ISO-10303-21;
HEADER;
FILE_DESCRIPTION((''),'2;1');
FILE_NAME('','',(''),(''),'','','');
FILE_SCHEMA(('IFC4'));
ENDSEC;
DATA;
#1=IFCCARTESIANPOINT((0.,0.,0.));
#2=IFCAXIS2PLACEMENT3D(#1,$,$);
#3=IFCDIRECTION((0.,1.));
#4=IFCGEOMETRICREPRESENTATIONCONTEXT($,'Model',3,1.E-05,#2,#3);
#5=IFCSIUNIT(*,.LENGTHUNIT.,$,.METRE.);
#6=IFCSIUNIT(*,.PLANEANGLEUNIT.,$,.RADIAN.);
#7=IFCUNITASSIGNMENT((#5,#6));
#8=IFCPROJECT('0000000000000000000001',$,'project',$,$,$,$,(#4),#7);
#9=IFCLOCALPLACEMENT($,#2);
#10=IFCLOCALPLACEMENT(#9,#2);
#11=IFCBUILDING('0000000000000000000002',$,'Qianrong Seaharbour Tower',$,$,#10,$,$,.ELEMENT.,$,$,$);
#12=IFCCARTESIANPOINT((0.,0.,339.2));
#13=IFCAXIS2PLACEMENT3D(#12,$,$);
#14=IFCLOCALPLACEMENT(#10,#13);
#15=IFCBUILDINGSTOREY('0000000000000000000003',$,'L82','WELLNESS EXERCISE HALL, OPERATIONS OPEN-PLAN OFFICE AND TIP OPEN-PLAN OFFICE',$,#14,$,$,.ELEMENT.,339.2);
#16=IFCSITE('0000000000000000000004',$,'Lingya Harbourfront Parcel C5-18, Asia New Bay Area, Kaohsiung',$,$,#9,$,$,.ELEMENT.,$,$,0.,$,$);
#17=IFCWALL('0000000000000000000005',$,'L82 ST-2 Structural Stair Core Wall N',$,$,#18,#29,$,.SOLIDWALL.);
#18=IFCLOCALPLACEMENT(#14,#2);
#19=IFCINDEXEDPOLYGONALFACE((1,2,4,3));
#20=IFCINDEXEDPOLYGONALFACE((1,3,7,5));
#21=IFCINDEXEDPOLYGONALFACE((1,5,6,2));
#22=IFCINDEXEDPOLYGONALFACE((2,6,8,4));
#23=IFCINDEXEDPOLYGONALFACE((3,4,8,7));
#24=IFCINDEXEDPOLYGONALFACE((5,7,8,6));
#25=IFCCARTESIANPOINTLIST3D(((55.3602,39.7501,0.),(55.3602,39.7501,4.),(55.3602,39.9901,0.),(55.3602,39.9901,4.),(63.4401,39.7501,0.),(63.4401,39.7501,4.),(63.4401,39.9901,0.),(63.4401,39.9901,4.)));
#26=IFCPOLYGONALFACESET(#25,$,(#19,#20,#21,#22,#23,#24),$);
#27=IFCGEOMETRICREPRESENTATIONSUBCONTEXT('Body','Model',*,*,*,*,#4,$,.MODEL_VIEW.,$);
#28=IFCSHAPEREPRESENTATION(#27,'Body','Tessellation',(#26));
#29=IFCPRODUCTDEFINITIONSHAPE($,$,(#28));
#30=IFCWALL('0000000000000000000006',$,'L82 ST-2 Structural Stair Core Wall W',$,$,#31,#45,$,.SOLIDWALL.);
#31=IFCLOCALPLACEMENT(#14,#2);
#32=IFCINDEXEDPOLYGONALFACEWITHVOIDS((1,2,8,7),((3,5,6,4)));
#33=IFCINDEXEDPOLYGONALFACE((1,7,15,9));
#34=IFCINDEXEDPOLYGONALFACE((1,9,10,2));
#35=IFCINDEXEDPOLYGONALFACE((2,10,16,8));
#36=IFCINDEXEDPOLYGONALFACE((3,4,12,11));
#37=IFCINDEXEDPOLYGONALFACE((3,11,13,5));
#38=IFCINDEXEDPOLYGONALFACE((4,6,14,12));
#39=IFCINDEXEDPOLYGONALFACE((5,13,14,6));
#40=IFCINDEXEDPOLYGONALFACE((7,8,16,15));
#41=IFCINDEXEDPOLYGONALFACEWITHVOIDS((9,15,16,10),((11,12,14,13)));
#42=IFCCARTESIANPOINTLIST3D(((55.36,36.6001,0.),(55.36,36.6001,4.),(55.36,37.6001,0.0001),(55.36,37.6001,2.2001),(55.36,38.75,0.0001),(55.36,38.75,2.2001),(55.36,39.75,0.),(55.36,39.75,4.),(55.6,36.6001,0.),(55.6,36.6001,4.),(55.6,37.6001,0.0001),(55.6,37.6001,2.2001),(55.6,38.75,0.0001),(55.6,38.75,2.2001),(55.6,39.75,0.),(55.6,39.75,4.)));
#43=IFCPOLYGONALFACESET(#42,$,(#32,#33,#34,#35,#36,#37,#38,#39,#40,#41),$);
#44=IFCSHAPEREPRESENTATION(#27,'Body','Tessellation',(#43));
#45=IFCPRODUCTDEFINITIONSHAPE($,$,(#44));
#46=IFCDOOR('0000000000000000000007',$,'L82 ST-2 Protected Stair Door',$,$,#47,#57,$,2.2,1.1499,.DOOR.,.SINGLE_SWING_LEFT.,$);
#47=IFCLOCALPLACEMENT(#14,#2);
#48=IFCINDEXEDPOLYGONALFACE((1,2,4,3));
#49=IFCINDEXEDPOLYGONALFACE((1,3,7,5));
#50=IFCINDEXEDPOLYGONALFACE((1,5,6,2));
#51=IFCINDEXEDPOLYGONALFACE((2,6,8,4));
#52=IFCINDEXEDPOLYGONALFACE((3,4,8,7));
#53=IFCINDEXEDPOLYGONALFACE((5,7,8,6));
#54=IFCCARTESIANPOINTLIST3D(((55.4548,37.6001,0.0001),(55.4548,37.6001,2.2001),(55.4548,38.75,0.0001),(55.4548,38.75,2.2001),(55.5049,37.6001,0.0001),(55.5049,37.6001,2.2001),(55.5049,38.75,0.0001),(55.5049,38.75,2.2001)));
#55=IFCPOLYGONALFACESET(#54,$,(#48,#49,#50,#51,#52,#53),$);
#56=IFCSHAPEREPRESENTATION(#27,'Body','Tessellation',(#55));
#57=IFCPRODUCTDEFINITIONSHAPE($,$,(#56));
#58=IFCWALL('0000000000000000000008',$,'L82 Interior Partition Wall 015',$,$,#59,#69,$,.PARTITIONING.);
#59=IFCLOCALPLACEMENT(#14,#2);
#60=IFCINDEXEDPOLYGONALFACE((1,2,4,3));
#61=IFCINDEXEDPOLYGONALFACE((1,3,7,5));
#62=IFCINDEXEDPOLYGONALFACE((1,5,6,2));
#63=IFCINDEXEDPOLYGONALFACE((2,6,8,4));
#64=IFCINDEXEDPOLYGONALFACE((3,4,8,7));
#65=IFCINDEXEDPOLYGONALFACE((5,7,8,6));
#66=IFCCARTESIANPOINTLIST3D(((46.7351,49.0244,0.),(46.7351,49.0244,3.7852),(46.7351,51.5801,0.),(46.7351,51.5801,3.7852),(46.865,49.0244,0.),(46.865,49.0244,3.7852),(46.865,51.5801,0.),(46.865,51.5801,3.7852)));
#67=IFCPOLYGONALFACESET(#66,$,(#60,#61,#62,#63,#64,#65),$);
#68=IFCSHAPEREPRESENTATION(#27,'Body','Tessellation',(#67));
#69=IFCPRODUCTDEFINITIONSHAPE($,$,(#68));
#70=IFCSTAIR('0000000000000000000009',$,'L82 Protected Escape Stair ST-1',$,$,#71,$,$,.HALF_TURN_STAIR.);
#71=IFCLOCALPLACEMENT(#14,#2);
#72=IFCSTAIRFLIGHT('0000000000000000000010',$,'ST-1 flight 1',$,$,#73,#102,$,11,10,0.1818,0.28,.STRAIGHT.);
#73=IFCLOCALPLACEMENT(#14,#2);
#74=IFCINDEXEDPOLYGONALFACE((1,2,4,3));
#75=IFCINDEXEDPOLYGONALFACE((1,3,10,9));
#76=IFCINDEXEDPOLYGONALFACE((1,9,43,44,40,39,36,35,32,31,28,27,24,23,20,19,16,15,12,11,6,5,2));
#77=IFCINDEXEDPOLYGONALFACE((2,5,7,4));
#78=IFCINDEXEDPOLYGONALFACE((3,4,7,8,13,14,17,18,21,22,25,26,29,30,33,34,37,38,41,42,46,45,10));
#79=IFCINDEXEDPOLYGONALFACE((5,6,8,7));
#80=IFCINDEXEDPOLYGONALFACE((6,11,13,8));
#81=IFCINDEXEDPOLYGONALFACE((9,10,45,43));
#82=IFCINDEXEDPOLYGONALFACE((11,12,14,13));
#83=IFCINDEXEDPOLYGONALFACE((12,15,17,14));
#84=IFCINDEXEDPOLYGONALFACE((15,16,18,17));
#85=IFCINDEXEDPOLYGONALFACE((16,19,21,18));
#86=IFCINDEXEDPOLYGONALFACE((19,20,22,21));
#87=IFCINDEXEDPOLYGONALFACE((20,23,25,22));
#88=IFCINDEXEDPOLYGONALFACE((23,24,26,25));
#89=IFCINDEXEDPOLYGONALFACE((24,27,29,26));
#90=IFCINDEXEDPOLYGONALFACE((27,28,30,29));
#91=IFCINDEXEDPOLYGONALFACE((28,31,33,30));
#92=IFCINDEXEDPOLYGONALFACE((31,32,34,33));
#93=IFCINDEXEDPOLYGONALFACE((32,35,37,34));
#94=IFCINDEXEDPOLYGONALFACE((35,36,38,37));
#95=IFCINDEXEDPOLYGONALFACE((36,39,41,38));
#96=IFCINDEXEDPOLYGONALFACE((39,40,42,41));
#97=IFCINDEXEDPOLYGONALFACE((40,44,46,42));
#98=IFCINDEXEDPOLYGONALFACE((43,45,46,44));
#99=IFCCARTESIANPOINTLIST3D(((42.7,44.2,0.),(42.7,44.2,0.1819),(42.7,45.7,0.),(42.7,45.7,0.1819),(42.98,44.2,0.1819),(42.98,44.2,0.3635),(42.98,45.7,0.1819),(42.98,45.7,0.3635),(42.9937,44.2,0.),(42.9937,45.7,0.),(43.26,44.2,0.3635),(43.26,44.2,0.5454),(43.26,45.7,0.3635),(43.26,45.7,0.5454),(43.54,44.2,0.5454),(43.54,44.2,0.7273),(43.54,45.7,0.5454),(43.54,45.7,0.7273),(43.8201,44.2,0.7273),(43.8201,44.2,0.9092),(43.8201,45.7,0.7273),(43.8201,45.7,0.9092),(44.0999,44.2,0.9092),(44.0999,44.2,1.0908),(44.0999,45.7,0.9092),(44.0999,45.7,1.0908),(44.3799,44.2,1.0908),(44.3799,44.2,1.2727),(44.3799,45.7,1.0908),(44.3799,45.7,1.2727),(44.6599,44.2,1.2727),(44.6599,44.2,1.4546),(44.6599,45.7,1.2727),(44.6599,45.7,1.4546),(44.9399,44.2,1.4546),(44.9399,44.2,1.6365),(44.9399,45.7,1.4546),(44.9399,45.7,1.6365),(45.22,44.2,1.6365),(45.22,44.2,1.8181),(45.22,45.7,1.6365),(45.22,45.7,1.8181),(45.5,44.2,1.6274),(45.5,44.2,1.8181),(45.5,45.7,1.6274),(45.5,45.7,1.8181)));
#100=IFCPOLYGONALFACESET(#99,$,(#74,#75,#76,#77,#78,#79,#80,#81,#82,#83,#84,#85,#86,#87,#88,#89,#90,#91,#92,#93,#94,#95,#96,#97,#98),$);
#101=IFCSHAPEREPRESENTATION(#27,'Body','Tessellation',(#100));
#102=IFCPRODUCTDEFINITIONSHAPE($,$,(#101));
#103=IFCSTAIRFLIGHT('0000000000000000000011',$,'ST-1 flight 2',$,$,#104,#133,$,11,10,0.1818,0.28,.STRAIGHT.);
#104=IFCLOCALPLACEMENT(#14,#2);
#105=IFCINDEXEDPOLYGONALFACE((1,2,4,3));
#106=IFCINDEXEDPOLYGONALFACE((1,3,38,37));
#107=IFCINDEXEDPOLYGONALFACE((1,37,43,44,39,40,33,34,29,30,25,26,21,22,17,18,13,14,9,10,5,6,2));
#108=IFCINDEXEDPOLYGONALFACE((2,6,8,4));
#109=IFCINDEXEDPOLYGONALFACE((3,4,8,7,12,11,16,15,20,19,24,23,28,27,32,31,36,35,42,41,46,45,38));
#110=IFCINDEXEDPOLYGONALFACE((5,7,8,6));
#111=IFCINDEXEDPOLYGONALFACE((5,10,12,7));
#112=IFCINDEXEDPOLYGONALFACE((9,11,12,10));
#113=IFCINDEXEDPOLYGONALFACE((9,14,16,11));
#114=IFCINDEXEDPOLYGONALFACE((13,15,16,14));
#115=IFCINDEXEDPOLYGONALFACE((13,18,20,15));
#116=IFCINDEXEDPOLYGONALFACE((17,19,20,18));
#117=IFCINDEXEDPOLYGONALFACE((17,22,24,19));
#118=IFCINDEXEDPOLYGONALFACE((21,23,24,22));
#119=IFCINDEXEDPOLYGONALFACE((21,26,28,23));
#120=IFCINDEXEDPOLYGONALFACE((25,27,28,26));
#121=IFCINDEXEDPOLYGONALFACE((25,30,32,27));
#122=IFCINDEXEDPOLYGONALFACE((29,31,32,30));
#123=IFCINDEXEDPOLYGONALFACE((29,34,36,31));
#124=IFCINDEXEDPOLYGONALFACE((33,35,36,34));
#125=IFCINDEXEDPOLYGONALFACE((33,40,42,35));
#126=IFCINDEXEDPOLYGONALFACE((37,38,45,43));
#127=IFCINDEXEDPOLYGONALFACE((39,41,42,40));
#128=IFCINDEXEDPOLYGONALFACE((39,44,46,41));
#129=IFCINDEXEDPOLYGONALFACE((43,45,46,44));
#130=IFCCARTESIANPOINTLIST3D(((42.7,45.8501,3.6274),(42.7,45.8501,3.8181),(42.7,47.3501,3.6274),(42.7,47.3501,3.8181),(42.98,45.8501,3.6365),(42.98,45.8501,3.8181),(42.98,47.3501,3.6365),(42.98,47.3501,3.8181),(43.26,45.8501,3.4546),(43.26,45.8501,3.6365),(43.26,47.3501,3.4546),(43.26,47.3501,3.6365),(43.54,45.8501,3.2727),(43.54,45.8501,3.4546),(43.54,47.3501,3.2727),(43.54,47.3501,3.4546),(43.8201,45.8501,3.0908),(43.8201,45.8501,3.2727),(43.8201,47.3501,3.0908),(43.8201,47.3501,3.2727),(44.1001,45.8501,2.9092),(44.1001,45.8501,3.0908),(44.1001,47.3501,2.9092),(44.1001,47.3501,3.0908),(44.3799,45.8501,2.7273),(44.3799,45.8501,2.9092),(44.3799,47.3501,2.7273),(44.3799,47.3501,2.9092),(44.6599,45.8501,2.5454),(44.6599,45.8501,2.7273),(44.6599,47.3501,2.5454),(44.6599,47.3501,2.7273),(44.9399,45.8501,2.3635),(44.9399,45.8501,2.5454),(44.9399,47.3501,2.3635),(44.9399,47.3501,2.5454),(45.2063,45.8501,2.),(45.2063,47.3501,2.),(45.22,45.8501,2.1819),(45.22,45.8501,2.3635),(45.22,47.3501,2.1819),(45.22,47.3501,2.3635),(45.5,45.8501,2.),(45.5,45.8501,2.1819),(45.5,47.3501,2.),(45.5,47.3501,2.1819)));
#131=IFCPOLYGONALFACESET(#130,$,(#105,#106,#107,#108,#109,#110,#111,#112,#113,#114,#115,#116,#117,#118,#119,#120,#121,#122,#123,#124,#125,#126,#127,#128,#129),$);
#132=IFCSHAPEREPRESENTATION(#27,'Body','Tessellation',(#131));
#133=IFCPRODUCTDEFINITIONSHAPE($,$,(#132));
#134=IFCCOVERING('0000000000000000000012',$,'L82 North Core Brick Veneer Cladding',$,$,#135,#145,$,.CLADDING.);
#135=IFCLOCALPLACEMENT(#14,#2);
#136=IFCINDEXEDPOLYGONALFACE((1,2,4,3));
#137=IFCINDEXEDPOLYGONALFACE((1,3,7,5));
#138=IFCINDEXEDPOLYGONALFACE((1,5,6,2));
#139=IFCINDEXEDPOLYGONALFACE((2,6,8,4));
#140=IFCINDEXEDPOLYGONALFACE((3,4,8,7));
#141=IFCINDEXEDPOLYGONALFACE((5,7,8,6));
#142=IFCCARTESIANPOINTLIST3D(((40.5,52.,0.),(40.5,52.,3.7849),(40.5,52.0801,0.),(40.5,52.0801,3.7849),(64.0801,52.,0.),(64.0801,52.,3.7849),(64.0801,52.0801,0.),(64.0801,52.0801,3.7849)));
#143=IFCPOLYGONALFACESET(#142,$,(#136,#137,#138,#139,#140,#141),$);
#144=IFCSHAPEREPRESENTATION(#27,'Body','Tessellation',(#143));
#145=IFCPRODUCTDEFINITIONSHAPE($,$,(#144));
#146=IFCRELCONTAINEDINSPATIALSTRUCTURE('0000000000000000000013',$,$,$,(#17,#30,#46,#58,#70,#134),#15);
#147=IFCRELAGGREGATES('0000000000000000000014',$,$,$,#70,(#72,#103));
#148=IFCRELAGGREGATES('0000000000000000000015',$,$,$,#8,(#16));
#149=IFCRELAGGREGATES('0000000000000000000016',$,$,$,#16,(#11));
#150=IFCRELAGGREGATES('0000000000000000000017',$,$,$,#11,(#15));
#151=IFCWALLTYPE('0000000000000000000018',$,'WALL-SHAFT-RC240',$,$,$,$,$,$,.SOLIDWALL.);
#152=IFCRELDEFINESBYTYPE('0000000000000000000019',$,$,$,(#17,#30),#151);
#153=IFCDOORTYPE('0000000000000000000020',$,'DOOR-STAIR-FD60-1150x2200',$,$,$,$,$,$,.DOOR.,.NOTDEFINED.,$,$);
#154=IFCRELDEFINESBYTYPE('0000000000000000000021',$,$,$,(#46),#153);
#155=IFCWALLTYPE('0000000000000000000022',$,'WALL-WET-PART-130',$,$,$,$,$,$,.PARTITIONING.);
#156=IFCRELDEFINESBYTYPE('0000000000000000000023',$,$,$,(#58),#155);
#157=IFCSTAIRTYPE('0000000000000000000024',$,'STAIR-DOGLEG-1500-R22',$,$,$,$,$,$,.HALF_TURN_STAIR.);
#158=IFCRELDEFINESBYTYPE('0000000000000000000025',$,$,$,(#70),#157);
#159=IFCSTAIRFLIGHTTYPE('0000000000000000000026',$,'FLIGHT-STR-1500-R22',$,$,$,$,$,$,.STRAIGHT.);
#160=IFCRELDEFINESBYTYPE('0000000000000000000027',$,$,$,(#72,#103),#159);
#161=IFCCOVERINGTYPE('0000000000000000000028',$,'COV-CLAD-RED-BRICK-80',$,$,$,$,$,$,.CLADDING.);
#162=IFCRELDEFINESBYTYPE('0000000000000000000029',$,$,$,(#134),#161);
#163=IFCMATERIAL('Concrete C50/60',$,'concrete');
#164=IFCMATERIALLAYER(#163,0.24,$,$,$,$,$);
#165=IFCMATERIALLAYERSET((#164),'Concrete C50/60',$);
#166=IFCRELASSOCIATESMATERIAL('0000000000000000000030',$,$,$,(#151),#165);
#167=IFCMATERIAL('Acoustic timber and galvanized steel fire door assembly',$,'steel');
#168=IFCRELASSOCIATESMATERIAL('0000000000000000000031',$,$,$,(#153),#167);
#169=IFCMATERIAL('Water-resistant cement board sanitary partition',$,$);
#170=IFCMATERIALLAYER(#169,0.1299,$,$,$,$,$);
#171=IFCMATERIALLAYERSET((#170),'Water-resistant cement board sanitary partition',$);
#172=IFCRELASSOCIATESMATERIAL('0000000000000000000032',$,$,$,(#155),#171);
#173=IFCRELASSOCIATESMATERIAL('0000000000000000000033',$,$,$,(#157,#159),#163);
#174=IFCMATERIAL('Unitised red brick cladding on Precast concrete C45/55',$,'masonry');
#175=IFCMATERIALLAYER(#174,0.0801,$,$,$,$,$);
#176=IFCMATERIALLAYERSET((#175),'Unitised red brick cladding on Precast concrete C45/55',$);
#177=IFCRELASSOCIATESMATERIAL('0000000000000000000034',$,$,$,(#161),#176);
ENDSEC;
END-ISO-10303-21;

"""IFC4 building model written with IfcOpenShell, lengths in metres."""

from ifc_helpers import new_model, si_unit, direction, frame, frame_2d, origin, origin_2d, place, context, subcontext, project, spatial, polyline, rectangle, outline, extrude, material, layer, layer_set, type_object, element, fill, aggregate, save


model = new_model("IFC4")

# Units and contexts
model_context = context("Model", 3, precision=1e-05, world=origin(), true_north=direction((0.0, 1.0)))
body_context = subcontext(model_context, "Body", "Model", "MODEL_VIEW")
ifc_project = project(units=[si_unit("LENGTHUNIT", "METRE"), si_unit("PLANEANGLEUNIT", "RADIAN")], contexts=[model_context])

# Site, building, storey
site_placement = place(None, origin())
site = spatial("IfcSite", under=ifc_project, at=site_placement, Name="Lingya Harbourfront Parcel C5-18, Asia New Bay Area, Kaohsiung", CompositionType="ELEMENT", RefElevation=0.0)
building_placement = place(site_placement, origin())
building = spatial("IfcBuilding", under=site, at=building_placement, Name="Qianrong Seaharbour Tower", CompositionType="ELEMENT")
storey_placement = place(building_placement, frame((0.0, 0.0, 339.2)))
storey = spatial("IfcBuildingStorey", under=building, at=storey_placement, Name="L82", Description="WELLNESS EXERCISE HALL, OPERATIONS OPEN-PLAN OFFICE AND TIP OPEN-PLAN OFFICE", CompositionType="ELEMENT", Elevation=339.2)

# Shared definitions
ifc_material_1 = material(Name="Concrete C50/60", Category="concrete")

# Shared definitions
ifc_material_2 = material(Name="Acoustic timber and galvanized steel fire door assembly", Category="steel")

# Wall
ifc_layer_1 = layer(ifc_material_1, 0.24)
ifc_layer_set_1 = layer_set([ifc_layer_1], Name="Concrete C50/60")
wall_type_1 = type_object("IfcWallType", Name="WALL-SHAFT-RC240", PredefinedType="SOLIDWALL", material=ifc_layer_set_1)
wall_1_placement = place(storey_placement, frame((55.3601, 39.8701, 0.0), z_axis=(0.0, 0.0, 1.0), x_axis=(1.0, 0.0, 0.0)))
element("IfcWall", 1, at=wall_1_placement, inside=storey, type_object=wall_type_1, Name="L82 ST-2 Structural Stair Core Wall N", PredefinedType="SOLIDWALL", context=body_context, shape_type="SweptSolid", body=[
    extrude(rectangle(XDim=8.0798, YDim=0.24, at=frame_2d((4.04, 0.0))), origin(), (0.0, 0.0, 1.0), 4.0),
])

# Wall, opening, door
wall_2_placement = place(storey_placement, frame((55.48, 39.75, 0.0), z_axis=(0.0, 0.0, 1.0), x_axis=(0.0, -1.0, 0.0)))
wall_2 = element("IfcWall", 2, at=wall_2_placement, inside=storey, type_object=wall_type_1, Name="L82 ST-2 Structural Stair Core Wall W", PredefinedType="SOLIDWALL", context=body_context, shape_type="SweptSolid", body=[
    extrude(rectangle(XDim=3.1499, YDim=0.24, at=frame_2d((1.575, 0.0))), origin(), (0.0, 0.0, 1.0), 4.0),
])
opening_1_placement = place(wall_2_placement, frame((1.0, 0.0, 0.0)))
opening_1 = element("IfcOpeningElement", 3, at=opening_1_placement, cuts=wall_2, PredefinedType="OPENING", context=body_context, shape_type="SweptSolid", body=[
    extrude(rectangle(XDim=1.1499, YDim=2.2, at=frame_2d((0.575, 1.1001))), frame((0.0, 0.1299, 0.0), z_axis=(0.0, -1.0, 0.0), x_axis=(1.0, 0.0, 0.0)), (0.0, 0.0, 1.0), 0.26),
])
door_type_1 = type_object("IfcDoorType", Name="DOOR-STAIR-FD60-1150x2200", OperationType="NOTDEFINED", PredefinedType="DOOR", material=ifc_material_2)
door_1_placement = place(opening_1_placement, origin())
door_1 = element("IfcDoor", 4, at=door_1_placement, inside=storey, type_object=door_type_1, Name="L82 ST-2 Protected Stair Door", OperationType="SINGLE_SWING_LEFT", OverallHeight=2.2, OverallWidth=1.1499, PredefinedType="DOOR", context=body_context, shape_type="SweptSolid", body=[
    extrude(rectangle(XDim=1.1499, YDim=2.2, at=frame_2d((0.575, 1.1001))), frame((0.0, 0.0249, 0.0), z_axis=(0.0, -1.0, 0.0), x_axis=(1.0, 0.0, 0.0)), (0.0, 0.0, 1.0), 0.05),
])
fill(opening_1, door_1)

# Wall
ifc_material_3 = material(Name="Water-resistant cement board sanitary partition")
ifc_layer_2 = layer(ifc_material_3, 0.1299)
ifc_layer_set_2 = layer_set([ifc_layer_2], Name="Water-resistant cement board sanitary partition")
wall_type_2 = type_object("IfcWallType", Name="WALL-WET-PART-130", PredefinedType="PARTITIONING", material=ifc_layer_set_2)
wall_3_placement = place(storey_placement, frame((46.8, 51.5801, 0.0), z_axis=(0.0, 0.0, 1.0), x_axis=(0.0, -1.0, 0.0)))
element("IfcWall", 5, at=wall_3_placement, inside=storey, type_object=wall_type_2, Name="L82 Interior Partition Wall 015", PredefinedType="PARTITIONING", context=body_context, shape_type="SweptSolid", body=[
    extrude(rectangle(XDim=2.5557, YDim=0.1299, at=frame_2d((1.2778, 0.0))), origin(), (0.0, 0.0, 1.0), 3.7852),
])

# Stair, stair flights
stair_type = type_object("IfcStairType", Name="STAIR-DOGLEG-1500-R22", PredefinedType="HALF_TURN_STAIR", material=ifc_material_1)
stair_placement = place(storey_placement, origin())
stair = element("IfcStair", 6, at=stair_placement, inside=storey, type_object=stair_type, Name="L82 Protected Escape Stair ST-1", PredefinedType="HALF_TURN_STAIR")
stair_flight_type = type_object("IfcStairFlightType", Name="FLIGHT-STR-1500-R22", PredefinedType="STRAIGHT", material=ifc_material_1)
stair_flight_1_placement = place(storey_placement, frame((42.7, 44.95, 0.0), z_axis=(0.0, 0.0, 1.0), x_axis=(1.0, 0.0, 0.0)))
stair_flight_1 = element("IfcStairFlight", 7, at=stair_flight_1_placement, type_object=stair_flight_type, Name="ST-1 flight 1", NumberOfRisers=11, NumberOfTreads=10, PredefinedType="STRAIGHT", RiserHeight=0.1818, TreadLength=0.28, context=body_context, shape_type="SweptSolid", body=[
    extrude(outline(polyline([(0.0, 0.0), (0.0, 0.1819), (0.28, 0.1819), (0.28, 0.3635), (0.5601, 0.3635), (0.5601, 0.5454), (0.8401, 0.5454), (0.8401, 0.7273), (1.1201, 0.7273), (1.1201, 0.9092), (1.3999, 0.9092), (1.3999, 1.0908), (1.6799, 1.0908), (1.6799, 1.2727), (1.96, 1.2727), (1.96, 1.4546), (2.24, 1.4546), (2.24, 1.6365), (2.52, 1.6365), (2.52, 1.8181), (2.8, 1.8181), (2.8, 2.0), (2.8, 1.6274), (0.2937, 0.0), (0.0, 0.0)])), frame((0.0, 0.75, 0.0), z_axis=(0.0, -1.0, 0.0), x_axis=(1.0, 0.0, 0.0)), (0.0, 0.0, 1.0), 1.5),
])
stair_flight_2_placement = place(storey_placement, frame((45.5, 46.6001, 2.0), z_axis=(0.0, 0.0, 1.0), x_axis=(-1.0, 0.0, 0.0)))
stair_flight_2 = element("IfcStairFlight", 8, at=stair_flight_2_placement, type_object=stair_flight_type, Name="ST-1 flight 2", NumberOfRisers=11, NumberOfTreads=10, PredefinedType="STRAIGHT", RiserHeight=0.1818, TreadLength=0.28, context=body_context, shape_type="SweptSolid", body=[
    extrude(outline(polyline([(0.0, 0.0), (0.0, 0.1819), (0.28, 0.1819), (0.28, 0.3635), (0.5601, 0.3635), (0.5601, 0.5454), (0.8401, 0.5454), (0.8401, 0.7273), (1.1201, 0.7273), (1.1201, 0.9092), (1.3999, 0.9092), (1.3999, 1.0908), (1.6799, 1.0908), (1.6799, 1.2727), (1.96, 1.2727), (1.96, 1.4546), (2.24, 1.4546), (2.24, 1.6365), (2.52, 1.6365), (2.52, 1.8181), (2.8, 1.8181), (2.8, 2.0), (2.8, 1.6274), (0.2937, 0.0), (0.0, 0.0)])), frame((0.0, 0.75, 0.0), z_axis=(0.0, -1.0, 0.0), x_axis=(1.0, 0.0, 0.0)), (0.0, 0.0, 1.0), 1.5),
])
aggregate(stair, [stair_flight_1, stair_flight_2])

# Covering
ifc_material_4 = material(Name="Unitised red brick cladding on Precast concrete C45/55", Category="masonry")
ifc_layer_3 = layer(ifc_material_4, 0.0801)
ifc_layer_set_3 = layer_set([ifc_layer_3], Name="Unitised red brick cladding on Precast concrete C45/55")
covering_type = type_object("IfcCoveringType", Name="COV-CLAD-RED-BRICK-80", PredefinedType="CLADDING", material=ifc_layer_set_3)
covering_placement = place(storey_placement, frame((52.29, 52.04, 0.0), z_axis=(0.0, 0.0, 1.0), x_axis=(1.0, 0.0, 0.0)))
element("IfcCovering", 9, at=covering_placement, inside=storey, type_object=covering_type, Name="L82 North Core Brick Veneer Cladding", PredefinedType="CLADDING", context=body_context, shape_type="SweptSolid", body=[
    extrude(rectangle(XDim=23.5801, YDim=0.0801, at=origin_2d()), origin(), (0.0, 0.0, 1.0), 3.7849),
])

save(model, "model.ifc")
